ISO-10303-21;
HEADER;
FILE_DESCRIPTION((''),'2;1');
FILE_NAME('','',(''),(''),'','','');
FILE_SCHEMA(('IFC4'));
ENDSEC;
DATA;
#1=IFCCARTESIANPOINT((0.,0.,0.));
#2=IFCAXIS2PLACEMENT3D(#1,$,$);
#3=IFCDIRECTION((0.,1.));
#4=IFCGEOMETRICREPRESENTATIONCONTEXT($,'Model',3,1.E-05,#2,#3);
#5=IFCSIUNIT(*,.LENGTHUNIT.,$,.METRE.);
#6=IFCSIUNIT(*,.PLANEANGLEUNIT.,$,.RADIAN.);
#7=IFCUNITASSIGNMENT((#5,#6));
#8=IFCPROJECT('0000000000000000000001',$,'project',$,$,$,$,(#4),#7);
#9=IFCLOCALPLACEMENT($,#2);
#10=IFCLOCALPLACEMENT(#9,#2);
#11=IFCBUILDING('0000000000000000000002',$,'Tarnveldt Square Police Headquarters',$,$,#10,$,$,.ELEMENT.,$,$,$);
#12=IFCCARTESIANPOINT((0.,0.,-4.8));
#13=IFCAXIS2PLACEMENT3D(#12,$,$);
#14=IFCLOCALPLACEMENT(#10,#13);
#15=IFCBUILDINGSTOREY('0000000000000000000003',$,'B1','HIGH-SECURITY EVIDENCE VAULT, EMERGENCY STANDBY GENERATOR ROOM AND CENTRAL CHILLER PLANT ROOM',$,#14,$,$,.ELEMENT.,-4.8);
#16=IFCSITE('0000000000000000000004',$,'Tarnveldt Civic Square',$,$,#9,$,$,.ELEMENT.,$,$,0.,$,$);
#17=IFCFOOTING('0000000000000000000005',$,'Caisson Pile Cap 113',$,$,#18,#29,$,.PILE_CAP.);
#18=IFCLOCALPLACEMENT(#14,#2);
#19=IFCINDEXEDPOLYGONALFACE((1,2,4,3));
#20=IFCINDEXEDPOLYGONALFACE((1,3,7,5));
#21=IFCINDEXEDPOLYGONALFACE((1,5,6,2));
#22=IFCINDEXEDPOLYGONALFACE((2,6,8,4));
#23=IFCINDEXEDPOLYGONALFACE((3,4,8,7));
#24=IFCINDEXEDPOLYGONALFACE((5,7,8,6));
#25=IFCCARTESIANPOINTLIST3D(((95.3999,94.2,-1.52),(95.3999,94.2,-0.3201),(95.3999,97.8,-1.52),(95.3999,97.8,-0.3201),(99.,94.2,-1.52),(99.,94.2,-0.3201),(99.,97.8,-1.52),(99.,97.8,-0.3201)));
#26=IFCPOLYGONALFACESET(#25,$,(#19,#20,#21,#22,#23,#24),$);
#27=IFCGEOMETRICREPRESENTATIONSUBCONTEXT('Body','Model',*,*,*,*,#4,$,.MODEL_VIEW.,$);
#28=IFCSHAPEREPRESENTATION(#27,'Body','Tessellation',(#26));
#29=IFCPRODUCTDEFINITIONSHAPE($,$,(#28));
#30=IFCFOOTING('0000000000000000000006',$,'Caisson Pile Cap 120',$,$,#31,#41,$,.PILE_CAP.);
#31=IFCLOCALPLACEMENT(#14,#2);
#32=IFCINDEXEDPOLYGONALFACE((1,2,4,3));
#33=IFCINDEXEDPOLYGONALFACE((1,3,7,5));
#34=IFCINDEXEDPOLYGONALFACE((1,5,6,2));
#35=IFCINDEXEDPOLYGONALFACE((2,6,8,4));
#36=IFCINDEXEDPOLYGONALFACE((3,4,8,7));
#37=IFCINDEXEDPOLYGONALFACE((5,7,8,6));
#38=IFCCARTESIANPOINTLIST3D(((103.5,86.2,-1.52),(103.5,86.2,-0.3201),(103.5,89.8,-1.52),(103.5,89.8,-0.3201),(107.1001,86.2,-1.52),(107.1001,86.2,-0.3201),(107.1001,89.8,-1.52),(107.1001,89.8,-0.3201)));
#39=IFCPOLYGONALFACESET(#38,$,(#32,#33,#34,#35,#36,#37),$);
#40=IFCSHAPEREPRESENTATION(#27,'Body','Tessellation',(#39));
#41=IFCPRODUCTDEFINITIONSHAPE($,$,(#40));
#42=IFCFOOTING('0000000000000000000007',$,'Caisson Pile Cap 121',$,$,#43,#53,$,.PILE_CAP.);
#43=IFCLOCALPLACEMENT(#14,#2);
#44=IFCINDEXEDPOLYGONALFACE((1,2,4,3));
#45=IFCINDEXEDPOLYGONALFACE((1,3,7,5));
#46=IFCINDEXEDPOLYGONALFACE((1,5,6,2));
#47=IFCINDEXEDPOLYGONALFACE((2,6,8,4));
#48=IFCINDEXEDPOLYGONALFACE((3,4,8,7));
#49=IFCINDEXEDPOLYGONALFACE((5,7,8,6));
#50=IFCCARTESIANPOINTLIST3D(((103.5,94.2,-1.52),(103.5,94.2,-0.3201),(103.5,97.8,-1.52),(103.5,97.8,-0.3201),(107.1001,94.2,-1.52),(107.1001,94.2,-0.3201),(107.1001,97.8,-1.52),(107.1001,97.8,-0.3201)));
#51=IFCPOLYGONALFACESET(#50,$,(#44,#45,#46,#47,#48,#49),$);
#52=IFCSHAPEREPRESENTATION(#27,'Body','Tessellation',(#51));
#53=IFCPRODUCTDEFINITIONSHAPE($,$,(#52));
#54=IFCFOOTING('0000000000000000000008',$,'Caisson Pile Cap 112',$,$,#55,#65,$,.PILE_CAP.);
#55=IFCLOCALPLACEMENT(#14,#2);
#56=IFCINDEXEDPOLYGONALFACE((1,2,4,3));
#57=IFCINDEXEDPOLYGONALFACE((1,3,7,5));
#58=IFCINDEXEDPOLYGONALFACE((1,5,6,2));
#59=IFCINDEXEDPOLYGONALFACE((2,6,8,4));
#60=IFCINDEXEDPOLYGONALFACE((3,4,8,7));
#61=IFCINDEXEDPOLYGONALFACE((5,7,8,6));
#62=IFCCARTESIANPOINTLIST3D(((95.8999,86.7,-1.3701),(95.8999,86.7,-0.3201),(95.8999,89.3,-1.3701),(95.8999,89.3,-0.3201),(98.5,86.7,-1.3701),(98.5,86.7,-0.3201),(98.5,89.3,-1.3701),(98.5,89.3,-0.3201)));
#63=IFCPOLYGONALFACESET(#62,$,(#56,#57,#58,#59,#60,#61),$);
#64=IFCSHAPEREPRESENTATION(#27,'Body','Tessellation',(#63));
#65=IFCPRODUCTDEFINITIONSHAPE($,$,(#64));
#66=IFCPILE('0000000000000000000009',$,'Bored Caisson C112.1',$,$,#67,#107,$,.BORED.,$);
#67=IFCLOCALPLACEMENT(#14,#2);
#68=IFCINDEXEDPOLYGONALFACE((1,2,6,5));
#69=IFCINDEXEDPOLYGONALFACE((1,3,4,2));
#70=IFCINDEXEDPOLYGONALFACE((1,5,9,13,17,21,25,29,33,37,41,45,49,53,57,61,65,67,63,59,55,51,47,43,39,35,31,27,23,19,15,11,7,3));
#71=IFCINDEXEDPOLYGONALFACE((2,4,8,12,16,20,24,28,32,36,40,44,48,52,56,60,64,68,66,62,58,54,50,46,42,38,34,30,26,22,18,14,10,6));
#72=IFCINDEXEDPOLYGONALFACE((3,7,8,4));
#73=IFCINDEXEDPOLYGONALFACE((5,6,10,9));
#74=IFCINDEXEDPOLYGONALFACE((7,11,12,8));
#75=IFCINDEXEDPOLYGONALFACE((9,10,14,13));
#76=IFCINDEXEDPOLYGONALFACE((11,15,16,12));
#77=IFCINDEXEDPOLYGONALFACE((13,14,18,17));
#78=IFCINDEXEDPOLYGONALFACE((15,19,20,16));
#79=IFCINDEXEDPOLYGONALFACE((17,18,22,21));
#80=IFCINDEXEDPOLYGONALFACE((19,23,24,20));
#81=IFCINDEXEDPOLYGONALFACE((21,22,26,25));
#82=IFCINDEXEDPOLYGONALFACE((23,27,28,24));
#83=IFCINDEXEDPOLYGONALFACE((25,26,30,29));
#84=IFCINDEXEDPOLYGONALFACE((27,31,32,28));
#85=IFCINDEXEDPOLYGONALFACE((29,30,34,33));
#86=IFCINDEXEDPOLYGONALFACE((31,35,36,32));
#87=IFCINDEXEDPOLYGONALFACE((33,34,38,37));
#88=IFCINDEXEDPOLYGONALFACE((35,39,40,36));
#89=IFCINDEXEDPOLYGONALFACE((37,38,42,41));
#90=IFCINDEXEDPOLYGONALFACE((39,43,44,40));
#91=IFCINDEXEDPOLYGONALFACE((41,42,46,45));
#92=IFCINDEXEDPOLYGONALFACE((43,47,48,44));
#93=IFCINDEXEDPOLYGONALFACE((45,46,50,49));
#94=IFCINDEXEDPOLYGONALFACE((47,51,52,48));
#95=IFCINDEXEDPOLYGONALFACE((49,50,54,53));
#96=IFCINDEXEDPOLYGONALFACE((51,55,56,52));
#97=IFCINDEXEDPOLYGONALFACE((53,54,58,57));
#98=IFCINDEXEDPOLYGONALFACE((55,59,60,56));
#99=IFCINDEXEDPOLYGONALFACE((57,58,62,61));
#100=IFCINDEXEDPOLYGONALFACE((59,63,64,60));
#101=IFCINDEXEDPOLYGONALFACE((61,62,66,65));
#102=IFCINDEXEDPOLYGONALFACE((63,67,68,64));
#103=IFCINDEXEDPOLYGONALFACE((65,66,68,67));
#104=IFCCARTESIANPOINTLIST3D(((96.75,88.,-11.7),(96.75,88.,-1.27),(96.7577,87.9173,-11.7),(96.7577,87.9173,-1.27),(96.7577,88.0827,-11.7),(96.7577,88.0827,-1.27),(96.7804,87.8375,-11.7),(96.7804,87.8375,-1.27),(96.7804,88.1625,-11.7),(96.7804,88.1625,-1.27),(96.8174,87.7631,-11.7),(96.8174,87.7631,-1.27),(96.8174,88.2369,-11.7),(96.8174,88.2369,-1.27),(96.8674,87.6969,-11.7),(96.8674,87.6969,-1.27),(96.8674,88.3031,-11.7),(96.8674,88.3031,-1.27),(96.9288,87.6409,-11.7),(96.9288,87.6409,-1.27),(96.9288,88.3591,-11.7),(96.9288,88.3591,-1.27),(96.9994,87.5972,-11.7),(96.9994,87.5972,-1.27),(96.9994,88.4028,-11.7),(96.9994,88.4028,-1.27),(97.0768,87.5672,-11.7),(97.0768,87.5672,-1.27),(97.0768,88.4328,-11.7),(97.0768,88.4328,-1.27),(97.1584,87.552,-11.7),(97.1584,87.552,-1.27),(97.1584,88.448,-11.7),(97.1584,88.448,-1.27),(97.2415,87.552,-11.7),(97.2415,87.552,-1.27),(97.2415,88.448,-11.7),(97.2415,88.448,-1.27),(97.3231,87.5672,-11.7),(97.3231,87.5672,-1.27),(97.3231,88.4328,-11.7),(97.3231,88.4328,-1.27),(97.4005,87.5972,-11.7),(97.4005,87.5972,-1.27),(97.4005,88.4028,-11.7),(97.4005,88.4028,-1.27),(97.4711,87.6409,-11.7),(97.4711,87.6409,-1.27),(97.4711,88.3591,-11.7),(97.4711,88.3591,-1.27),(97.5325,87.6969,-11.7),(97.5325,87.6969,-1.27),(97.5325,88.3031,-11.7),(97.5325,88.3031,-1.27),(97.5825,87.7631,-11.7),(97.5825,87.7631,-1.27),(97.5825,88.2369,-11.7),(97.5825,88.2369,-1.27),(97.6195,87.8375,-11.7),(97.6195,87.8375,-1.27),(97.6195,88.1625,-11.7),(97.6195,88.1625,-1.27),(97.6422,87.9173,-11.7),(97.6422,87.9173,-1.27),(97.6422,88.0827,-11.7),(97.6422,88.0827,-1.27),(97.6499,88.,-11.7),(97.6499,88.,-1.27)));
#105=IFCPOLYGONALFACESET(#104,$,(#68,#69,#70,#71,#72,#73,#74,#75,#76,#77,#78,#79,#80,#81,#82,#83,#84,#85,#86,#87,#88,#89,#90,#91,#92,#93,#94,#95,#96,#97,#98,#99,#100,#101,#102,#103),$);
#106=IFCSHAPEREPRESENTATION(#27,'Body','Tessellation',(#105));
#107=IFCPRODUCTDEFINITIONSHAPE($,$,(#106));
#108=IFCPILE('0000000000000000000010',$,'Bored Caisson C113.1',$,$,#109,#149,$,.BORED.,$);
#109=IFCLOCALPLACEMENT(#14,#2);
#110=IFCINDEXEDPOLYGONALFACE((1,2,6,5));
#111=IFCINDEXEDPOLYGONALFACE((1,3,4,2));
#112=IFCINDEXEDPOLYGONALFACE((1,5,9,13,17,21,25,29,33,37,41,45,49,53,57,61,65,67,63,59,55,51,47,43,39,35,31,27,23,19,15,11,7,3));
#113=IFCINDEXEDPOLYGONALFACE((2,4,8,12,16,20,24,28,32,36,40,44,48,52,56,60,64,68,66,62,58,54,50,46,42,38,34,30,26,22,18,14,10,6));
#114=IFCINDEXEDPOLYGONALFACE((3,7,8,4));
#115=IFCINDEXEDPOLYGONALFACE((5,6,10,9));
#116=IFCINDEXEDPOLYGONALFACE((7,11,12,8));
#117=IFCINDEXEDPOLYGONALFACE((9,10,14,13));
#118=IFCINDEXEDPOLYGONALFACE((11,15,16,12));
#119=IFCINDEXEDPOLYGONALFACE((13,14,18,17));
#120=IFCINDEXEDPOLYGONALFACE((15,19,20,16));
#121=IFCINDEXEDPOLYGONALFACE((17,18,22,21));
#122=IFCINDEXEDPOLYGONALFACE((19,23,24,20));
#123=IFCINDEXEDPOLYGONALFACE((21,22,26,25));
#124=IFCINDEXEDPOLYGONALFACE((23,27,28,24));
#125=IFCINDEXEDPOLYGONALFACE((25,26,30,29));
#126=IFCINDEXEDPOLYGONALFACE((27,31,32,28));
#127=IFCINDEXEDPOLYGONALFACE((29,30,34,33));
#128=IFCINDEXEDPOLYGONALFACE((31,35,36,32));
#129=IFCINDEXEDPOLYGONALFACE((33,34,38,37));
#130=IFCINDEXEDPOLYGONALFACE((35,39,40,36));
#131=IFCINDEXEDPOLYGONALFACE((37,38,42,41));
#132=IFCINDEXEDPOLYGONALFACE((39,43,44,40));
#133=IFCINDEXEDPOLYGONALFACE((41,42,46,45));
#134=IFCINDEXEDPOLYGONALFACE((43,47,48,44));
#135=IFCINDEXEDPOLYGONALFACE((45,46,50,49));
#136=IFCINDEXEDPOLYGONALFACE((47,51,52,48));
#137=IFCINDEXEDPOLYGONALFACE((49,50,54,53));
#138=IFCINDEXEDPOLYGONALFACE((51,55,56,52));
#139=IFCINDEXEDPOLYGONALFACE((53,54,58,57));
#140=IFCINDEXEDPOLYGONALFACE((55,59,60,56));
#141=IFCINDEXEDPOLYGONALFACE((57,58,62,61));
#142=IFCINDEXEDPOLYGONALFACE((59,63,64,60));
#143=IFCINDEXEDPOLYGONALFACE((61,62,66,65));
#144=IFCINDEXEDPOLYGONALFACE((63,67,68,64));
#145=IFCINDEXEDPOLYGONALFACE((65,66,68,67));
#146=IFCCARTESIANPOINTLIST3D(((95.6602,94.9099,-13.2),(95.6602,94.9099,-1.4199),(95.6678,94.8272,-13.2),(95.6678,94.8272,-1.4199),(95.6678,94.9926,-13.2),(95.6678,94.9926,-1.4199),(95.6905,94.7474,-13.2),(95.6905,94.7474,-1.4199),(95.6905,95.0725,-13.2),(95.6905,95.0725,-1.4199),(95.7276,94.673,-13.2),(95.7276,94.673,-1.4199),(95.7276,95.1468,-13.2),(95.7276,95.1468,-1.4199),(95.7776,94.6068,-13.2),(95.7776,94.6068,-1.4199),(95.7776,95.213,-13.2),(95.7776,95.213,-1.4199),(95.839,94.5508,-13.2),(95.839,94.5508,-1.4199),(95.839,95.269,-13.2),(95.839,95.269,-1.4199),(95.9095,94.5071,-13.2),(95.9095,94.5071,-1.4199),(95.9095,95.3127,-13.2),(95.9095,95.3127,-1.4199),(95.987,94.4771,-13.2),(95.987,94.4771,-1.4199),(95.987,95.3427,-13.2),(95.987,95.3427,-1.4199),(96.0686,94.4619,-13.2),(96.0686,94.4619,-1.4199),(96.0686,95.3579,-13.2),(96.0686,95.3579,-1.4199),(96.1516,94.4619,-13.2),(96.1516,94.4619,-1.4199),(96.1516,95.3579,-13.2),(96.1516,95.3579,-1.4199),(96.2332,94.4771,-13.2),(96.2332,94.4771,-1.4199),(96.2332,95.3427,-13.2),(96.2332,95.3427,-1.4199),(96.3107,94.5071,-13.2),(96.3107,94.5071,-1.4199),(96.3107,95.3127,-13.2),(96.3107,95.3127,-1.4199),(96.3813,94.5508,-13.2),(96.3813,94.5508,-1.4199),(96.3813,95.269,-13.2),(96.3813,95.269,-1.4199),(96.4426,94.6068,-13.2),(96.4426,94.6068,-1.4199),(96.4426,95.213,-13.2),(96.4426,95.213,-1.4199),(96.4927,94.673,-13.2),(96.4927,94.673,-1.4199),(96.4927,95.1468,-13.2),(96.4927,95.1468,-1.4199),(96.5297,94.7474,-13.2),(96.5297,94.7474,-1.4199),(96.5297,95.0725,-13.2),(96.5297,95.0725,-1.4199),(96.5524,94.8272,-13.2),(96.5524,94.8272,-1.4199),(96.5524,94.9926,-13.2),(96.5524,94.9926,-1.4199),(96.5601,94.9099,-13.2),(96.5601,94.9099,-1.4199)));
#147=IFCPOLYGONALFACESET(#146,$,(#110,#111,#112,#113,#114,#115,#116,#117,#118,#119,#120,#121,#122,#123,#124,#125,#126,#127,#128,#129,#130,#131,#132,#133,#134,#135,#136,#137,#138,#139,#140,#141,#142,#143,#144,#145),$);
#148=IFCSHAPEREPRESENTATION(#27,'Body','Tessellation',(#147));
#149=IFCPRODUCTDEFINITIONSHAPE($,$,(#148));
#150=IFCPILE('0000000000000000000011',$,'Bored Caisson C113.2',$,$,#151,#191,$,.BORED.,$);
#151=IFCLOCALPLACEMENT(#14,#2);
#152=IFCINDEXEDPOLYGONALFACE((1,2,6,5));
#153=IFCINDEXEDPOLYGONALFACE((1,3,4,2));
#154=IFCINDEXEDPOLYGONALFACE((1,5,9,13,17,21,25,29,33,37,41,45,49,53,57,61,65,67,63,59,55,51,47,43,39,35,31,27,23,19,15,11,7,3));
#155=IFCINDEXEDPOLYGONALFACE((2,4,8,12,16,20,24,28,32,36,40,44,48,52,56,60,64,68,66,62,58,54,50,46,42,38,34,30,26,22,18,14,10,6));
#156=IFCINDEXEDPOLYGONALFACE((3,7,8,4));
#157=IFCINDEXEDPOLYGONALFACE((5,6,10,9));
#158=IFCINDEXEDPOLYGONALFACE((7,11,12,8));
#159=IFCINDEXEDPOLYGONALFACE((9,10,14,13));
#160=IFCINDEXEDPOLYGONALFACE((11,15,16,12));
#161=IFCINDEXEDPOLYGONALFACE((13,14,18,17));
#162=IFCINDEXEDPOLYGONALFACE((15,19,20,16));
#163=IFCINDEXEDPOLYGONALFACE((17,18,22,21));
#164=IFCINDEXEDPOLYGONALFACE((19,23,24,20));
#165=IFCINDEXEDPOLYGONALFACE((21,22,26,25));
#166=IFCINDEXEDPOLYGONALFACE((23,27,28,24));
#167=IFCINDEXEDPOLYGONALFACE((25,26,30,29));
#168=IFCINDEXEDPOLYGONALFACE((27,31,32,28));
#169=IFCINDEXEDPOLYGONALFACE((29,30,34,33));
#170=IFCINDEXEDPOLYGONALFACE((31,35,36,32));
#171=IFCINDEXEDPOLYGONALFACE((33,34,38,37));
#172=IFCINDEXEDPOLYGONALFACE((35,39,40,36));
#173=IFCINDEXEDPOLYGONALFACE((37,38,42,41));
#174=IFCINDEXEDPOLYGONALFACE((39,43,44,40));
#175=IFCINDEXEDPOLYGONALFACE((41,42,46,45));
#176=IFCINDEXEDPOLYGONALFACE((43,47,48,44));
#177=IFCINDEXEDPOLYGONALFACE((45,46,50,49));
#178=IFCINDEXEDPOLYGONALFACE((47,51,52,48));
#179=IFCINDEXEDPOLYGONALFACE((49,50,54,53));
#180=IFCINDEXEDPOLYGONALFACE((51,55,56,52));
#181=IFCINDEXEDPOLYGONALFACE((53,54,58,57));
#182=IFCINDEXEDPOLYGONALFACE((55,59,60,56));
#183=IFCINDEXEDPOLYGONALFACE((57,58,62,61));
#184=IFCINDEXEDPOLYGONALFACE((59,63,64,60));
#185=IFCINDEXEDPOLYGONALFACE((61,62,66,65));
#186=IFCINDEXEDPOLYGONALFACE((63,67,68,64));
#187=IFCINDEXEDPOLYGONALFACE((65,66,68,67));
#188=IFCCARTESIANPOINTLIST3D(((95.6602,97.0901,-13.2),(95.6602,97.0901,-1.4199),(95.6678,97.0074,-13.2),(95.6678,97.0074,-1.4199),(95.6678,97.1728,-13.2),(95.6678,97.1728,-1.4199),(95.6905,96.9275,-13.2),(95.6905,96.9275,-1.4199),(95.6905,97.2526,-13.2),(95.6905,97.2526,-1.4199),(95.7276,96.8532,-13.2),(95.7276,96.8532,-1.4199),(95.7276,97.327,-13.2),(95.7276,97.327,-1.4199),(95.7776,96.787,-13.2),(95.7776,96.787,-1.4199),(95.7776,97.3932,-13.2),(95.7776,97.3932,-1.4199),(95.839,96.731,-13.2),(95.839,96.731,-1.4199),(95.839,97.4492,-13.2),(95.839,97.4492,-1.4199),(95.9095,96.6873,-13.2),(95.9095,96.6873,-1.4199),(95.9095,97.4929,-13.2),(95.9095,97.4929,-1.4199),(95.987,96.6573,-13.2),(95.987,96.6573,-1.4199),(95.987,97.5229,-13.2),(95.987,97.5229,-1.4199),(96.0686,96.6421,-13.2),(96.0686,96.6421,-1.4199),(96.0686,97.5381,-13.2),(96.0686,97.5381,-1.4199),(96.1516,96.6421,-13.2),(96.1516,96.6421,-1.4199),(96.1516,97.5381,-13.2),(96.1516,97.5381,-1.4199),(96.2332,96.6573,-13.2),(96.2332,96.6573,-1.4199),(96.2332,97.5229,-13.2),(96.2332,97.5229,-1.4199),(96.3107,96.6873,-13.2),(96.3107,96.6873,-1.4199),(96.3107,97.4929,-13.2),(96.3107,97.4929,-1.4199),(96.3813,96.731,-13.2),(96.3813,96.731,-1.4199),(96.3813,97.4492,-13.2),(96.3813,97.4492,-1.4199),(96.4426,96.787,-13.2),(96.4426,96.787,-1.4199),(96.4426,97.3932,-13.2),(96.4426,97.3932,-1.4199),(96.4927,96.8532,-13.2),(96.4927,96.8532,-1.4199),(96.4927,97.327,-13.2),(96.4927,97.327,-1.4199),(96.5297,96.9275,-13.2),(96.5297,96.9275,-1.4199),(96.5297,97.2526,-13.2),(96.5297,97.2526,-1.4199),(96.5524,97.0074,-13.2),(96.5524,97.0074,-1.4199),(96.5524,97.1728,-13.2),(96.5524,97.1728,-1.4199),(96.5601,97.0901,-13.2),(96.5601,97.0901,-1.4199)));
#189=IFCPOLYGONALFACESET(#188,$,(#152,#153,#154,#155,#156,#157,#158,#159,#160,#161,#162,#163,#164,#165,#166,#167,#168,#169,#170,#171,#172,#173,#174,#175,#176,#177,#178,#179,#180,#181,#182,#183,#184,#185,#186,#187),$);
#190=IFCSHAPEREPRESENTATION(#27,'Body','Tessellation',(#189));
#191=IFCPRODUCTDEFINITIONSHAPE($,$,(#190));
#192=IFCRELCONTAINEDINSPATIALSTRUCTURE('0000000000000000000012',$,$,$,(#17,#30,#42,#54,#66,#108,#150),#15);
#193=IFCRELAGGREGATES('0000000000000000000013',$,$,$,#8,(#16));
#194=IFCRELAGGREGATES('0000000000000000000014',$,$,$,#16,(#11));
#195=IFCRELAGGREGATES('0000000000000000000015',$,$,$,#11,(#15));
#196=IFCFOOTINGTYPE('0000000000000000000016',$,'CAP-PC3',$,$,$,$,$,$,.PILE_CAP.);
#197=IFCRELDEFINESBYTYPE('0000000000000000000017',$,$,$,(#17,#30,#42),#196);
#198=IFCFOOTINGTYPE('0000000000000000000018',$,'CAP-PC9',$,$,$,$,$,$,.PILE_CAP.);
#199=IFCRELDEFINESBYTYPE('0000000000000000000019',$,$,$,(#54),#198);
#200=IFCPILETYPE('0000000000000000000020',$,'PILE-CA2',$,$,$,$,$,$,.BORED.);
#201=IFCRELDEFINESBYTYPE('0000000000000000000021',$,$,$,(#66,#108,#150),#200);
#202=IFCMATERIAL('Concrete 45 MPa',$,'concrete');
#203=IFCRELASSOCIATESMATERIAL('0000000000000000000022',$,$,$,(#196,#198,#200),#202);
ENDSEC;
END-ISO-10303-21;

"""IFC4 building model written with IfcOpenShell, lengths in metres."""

from ifc_helpers import new_model, si_unit, direction, frame, origin, origin_2d, place, context, subcontext, project, spatial, rectangle, circle, extrude, material, material_profile, profile_set, type_object, element, save


model = new_model("IFC4")

# Units and contexts
model_context = context("Model", 3, precision=1e-05, world=origin(), true_north=direction((0.0, 1.0)))
body_context = subcontext(model_context, "Body", "Model", "MODEL_VIEW")
ifc_project = project(units=[si_unit("LENGTHUNIT", "METRE"), si_unit("PLANEANGLEUNIT", "RADIAN")], contexts=[model_context])

# Site, building, storey
site_placement = place(None, origin())
site = spatial("IfcSite", under=ifc_project, at=site_placement, Name="Tarnveldt Civic Square", CompositionType="ELEMENT", RefElevation=0.0)
building_placement = place(site_placement, origin())
building = spatial("IfcBuilding", under=site, at=building_placement, Name="Tarnveldt Square Police Headquarters", CompositionType="ELEMENT")
storey_placement = place(building_placement, frame((0.0, 0.0, -4.8)))
storey = spatial("IfcBuildingStorey", under=building, at=storey_placement, Name="B1", Description="HIGH-SECURITY EVIDENCE VAULT, EMERGENCY STANDBY GENERATOR ROOM AND CENTRAL CHILLER PLANT ROOM", CompositionType="ELEMENT", Elevation=-4.8)

# Footings
ifc_material_1 = material(Name="Concrete 45 MPa", Category="concrete")
footing_type_1 = type_object("IfcFootingType", Name="CAP-PC3", PredefinedType="PILE_CAP", material=ifc_material_1)
for number, where, z_axis, x_axis, name in (
    (1, (97.2, 96.0, -1.52), (0.0, 0.0, 1.0), (1.0, 0.0, 0.0), "Caisson Pile Cap 113"),
    (2, (105.3, 88.0, -1.52), (0.0, 0.0, 1.0), (1.0, 0.0, 0.0), "Caisson Pile Cap 120"),
    (3, (105.3, 96.0, -1.52), (0.0, 0.0, 1.0), (1.0, 0.0, 0.0), "Caisson Pile Cap 121"),
):
    element("IfcFooting", number, at=place(storey_placement, frame(where, z_axis=z_axis, x_axis=x_axis)), inside=storey, type_object=footing_type_1, Name=name, PredefinedType="PILE_CAP", context=body_context, shape_type="SweptSolid", body=[
        extrude(rectangle(XDim=3.6001, YDim=3.6001, at=origin_2d()), origin(), (0.0, 0.0, 1.0), 1.2),
    ])
footing_type_2 = type_object("IfcFootingType", Name="CAP-PC9", PredefinedType="PILE_CAP", material=ifc_material_1)
footing_placement = place(storey_placement, frame((97.2, 88.0, -1.3701), z_axis=(0.0, 0.0, 1.0), x_axis=(1.0, 0.0, 0.0)))
element("IfcFooting", 4, at=footing_placement, inside=storey, type_object=footing_type_2, Name="Caisson Pile Cap 112", PredefinedType="PILE_CAP", context=body_context, shape_type="SweptSolid", body=[
    extrude(rectangle(XDim=2.6001, YDim=2.6001, at=origin_2d()), origin(), (0.0, 0.0, 1.0), 1.05),
])

# Piles
ifc_material_profile_1 = material_profile(ifc_material_1, circle(Radius=0.45, at=origin_2d()), Name="CAISSON-D900")
ifc_profile_set_1 = profile_set([ifc_material_profile_1], Name="Concrete 45 MPa")
pile_type = type_object("IfcPileType", Name="PILE-CA2", PredefinedType="BORED", material=ifc_profile_set_1)
pile_1_placement = place(storey_placement, frame((97.2, 88.0, -1.27), z_axis=(0.0, 0.0, -1.0), x_axis=(1.0, 0.0, 0.0)))
element("IfcPile", 5, at=pile_1_placement, inside=storey, type_object=pile_type, Name="Bored Caisson C112.1", PredefinedType="BORED", context=body_context, shape_type="SweptSolid", body=[
    extrude(circle(Radius=0.45, at=origin_2d()), origin(), (0.0, 0.0, 1.0), 10.4299),
])
for number, where, z_axis, x_axis, name in (
    (6, (96.1101, 94.9099, -1.4199), (0.0, 0.0, -1.0), (1.0, 0.0, 0.0), "Bored Caisson C113.1"),
    (7, (96.1101, 97.0901, -1.4199), (0.0, 0.0, -1.0), (1.0, 0.0, 0.0), "Bored Caisson C113.2"),
):
    element("IfcPile", number, at=place(storey_placement, frame(where, z_axis=z_axis, x_axis=x_axis)), inside=storey, type_object=pile_type, Name=name, PredefinedType="BORED", context=body_context, shape_type="SweptSolid", body=[
        extrude(circle(Radius=0.45, at=origin_2d()), origin(), (0.0, 0.0, 1.0), 11.78),
    ])

save(model, "model.ifc")
